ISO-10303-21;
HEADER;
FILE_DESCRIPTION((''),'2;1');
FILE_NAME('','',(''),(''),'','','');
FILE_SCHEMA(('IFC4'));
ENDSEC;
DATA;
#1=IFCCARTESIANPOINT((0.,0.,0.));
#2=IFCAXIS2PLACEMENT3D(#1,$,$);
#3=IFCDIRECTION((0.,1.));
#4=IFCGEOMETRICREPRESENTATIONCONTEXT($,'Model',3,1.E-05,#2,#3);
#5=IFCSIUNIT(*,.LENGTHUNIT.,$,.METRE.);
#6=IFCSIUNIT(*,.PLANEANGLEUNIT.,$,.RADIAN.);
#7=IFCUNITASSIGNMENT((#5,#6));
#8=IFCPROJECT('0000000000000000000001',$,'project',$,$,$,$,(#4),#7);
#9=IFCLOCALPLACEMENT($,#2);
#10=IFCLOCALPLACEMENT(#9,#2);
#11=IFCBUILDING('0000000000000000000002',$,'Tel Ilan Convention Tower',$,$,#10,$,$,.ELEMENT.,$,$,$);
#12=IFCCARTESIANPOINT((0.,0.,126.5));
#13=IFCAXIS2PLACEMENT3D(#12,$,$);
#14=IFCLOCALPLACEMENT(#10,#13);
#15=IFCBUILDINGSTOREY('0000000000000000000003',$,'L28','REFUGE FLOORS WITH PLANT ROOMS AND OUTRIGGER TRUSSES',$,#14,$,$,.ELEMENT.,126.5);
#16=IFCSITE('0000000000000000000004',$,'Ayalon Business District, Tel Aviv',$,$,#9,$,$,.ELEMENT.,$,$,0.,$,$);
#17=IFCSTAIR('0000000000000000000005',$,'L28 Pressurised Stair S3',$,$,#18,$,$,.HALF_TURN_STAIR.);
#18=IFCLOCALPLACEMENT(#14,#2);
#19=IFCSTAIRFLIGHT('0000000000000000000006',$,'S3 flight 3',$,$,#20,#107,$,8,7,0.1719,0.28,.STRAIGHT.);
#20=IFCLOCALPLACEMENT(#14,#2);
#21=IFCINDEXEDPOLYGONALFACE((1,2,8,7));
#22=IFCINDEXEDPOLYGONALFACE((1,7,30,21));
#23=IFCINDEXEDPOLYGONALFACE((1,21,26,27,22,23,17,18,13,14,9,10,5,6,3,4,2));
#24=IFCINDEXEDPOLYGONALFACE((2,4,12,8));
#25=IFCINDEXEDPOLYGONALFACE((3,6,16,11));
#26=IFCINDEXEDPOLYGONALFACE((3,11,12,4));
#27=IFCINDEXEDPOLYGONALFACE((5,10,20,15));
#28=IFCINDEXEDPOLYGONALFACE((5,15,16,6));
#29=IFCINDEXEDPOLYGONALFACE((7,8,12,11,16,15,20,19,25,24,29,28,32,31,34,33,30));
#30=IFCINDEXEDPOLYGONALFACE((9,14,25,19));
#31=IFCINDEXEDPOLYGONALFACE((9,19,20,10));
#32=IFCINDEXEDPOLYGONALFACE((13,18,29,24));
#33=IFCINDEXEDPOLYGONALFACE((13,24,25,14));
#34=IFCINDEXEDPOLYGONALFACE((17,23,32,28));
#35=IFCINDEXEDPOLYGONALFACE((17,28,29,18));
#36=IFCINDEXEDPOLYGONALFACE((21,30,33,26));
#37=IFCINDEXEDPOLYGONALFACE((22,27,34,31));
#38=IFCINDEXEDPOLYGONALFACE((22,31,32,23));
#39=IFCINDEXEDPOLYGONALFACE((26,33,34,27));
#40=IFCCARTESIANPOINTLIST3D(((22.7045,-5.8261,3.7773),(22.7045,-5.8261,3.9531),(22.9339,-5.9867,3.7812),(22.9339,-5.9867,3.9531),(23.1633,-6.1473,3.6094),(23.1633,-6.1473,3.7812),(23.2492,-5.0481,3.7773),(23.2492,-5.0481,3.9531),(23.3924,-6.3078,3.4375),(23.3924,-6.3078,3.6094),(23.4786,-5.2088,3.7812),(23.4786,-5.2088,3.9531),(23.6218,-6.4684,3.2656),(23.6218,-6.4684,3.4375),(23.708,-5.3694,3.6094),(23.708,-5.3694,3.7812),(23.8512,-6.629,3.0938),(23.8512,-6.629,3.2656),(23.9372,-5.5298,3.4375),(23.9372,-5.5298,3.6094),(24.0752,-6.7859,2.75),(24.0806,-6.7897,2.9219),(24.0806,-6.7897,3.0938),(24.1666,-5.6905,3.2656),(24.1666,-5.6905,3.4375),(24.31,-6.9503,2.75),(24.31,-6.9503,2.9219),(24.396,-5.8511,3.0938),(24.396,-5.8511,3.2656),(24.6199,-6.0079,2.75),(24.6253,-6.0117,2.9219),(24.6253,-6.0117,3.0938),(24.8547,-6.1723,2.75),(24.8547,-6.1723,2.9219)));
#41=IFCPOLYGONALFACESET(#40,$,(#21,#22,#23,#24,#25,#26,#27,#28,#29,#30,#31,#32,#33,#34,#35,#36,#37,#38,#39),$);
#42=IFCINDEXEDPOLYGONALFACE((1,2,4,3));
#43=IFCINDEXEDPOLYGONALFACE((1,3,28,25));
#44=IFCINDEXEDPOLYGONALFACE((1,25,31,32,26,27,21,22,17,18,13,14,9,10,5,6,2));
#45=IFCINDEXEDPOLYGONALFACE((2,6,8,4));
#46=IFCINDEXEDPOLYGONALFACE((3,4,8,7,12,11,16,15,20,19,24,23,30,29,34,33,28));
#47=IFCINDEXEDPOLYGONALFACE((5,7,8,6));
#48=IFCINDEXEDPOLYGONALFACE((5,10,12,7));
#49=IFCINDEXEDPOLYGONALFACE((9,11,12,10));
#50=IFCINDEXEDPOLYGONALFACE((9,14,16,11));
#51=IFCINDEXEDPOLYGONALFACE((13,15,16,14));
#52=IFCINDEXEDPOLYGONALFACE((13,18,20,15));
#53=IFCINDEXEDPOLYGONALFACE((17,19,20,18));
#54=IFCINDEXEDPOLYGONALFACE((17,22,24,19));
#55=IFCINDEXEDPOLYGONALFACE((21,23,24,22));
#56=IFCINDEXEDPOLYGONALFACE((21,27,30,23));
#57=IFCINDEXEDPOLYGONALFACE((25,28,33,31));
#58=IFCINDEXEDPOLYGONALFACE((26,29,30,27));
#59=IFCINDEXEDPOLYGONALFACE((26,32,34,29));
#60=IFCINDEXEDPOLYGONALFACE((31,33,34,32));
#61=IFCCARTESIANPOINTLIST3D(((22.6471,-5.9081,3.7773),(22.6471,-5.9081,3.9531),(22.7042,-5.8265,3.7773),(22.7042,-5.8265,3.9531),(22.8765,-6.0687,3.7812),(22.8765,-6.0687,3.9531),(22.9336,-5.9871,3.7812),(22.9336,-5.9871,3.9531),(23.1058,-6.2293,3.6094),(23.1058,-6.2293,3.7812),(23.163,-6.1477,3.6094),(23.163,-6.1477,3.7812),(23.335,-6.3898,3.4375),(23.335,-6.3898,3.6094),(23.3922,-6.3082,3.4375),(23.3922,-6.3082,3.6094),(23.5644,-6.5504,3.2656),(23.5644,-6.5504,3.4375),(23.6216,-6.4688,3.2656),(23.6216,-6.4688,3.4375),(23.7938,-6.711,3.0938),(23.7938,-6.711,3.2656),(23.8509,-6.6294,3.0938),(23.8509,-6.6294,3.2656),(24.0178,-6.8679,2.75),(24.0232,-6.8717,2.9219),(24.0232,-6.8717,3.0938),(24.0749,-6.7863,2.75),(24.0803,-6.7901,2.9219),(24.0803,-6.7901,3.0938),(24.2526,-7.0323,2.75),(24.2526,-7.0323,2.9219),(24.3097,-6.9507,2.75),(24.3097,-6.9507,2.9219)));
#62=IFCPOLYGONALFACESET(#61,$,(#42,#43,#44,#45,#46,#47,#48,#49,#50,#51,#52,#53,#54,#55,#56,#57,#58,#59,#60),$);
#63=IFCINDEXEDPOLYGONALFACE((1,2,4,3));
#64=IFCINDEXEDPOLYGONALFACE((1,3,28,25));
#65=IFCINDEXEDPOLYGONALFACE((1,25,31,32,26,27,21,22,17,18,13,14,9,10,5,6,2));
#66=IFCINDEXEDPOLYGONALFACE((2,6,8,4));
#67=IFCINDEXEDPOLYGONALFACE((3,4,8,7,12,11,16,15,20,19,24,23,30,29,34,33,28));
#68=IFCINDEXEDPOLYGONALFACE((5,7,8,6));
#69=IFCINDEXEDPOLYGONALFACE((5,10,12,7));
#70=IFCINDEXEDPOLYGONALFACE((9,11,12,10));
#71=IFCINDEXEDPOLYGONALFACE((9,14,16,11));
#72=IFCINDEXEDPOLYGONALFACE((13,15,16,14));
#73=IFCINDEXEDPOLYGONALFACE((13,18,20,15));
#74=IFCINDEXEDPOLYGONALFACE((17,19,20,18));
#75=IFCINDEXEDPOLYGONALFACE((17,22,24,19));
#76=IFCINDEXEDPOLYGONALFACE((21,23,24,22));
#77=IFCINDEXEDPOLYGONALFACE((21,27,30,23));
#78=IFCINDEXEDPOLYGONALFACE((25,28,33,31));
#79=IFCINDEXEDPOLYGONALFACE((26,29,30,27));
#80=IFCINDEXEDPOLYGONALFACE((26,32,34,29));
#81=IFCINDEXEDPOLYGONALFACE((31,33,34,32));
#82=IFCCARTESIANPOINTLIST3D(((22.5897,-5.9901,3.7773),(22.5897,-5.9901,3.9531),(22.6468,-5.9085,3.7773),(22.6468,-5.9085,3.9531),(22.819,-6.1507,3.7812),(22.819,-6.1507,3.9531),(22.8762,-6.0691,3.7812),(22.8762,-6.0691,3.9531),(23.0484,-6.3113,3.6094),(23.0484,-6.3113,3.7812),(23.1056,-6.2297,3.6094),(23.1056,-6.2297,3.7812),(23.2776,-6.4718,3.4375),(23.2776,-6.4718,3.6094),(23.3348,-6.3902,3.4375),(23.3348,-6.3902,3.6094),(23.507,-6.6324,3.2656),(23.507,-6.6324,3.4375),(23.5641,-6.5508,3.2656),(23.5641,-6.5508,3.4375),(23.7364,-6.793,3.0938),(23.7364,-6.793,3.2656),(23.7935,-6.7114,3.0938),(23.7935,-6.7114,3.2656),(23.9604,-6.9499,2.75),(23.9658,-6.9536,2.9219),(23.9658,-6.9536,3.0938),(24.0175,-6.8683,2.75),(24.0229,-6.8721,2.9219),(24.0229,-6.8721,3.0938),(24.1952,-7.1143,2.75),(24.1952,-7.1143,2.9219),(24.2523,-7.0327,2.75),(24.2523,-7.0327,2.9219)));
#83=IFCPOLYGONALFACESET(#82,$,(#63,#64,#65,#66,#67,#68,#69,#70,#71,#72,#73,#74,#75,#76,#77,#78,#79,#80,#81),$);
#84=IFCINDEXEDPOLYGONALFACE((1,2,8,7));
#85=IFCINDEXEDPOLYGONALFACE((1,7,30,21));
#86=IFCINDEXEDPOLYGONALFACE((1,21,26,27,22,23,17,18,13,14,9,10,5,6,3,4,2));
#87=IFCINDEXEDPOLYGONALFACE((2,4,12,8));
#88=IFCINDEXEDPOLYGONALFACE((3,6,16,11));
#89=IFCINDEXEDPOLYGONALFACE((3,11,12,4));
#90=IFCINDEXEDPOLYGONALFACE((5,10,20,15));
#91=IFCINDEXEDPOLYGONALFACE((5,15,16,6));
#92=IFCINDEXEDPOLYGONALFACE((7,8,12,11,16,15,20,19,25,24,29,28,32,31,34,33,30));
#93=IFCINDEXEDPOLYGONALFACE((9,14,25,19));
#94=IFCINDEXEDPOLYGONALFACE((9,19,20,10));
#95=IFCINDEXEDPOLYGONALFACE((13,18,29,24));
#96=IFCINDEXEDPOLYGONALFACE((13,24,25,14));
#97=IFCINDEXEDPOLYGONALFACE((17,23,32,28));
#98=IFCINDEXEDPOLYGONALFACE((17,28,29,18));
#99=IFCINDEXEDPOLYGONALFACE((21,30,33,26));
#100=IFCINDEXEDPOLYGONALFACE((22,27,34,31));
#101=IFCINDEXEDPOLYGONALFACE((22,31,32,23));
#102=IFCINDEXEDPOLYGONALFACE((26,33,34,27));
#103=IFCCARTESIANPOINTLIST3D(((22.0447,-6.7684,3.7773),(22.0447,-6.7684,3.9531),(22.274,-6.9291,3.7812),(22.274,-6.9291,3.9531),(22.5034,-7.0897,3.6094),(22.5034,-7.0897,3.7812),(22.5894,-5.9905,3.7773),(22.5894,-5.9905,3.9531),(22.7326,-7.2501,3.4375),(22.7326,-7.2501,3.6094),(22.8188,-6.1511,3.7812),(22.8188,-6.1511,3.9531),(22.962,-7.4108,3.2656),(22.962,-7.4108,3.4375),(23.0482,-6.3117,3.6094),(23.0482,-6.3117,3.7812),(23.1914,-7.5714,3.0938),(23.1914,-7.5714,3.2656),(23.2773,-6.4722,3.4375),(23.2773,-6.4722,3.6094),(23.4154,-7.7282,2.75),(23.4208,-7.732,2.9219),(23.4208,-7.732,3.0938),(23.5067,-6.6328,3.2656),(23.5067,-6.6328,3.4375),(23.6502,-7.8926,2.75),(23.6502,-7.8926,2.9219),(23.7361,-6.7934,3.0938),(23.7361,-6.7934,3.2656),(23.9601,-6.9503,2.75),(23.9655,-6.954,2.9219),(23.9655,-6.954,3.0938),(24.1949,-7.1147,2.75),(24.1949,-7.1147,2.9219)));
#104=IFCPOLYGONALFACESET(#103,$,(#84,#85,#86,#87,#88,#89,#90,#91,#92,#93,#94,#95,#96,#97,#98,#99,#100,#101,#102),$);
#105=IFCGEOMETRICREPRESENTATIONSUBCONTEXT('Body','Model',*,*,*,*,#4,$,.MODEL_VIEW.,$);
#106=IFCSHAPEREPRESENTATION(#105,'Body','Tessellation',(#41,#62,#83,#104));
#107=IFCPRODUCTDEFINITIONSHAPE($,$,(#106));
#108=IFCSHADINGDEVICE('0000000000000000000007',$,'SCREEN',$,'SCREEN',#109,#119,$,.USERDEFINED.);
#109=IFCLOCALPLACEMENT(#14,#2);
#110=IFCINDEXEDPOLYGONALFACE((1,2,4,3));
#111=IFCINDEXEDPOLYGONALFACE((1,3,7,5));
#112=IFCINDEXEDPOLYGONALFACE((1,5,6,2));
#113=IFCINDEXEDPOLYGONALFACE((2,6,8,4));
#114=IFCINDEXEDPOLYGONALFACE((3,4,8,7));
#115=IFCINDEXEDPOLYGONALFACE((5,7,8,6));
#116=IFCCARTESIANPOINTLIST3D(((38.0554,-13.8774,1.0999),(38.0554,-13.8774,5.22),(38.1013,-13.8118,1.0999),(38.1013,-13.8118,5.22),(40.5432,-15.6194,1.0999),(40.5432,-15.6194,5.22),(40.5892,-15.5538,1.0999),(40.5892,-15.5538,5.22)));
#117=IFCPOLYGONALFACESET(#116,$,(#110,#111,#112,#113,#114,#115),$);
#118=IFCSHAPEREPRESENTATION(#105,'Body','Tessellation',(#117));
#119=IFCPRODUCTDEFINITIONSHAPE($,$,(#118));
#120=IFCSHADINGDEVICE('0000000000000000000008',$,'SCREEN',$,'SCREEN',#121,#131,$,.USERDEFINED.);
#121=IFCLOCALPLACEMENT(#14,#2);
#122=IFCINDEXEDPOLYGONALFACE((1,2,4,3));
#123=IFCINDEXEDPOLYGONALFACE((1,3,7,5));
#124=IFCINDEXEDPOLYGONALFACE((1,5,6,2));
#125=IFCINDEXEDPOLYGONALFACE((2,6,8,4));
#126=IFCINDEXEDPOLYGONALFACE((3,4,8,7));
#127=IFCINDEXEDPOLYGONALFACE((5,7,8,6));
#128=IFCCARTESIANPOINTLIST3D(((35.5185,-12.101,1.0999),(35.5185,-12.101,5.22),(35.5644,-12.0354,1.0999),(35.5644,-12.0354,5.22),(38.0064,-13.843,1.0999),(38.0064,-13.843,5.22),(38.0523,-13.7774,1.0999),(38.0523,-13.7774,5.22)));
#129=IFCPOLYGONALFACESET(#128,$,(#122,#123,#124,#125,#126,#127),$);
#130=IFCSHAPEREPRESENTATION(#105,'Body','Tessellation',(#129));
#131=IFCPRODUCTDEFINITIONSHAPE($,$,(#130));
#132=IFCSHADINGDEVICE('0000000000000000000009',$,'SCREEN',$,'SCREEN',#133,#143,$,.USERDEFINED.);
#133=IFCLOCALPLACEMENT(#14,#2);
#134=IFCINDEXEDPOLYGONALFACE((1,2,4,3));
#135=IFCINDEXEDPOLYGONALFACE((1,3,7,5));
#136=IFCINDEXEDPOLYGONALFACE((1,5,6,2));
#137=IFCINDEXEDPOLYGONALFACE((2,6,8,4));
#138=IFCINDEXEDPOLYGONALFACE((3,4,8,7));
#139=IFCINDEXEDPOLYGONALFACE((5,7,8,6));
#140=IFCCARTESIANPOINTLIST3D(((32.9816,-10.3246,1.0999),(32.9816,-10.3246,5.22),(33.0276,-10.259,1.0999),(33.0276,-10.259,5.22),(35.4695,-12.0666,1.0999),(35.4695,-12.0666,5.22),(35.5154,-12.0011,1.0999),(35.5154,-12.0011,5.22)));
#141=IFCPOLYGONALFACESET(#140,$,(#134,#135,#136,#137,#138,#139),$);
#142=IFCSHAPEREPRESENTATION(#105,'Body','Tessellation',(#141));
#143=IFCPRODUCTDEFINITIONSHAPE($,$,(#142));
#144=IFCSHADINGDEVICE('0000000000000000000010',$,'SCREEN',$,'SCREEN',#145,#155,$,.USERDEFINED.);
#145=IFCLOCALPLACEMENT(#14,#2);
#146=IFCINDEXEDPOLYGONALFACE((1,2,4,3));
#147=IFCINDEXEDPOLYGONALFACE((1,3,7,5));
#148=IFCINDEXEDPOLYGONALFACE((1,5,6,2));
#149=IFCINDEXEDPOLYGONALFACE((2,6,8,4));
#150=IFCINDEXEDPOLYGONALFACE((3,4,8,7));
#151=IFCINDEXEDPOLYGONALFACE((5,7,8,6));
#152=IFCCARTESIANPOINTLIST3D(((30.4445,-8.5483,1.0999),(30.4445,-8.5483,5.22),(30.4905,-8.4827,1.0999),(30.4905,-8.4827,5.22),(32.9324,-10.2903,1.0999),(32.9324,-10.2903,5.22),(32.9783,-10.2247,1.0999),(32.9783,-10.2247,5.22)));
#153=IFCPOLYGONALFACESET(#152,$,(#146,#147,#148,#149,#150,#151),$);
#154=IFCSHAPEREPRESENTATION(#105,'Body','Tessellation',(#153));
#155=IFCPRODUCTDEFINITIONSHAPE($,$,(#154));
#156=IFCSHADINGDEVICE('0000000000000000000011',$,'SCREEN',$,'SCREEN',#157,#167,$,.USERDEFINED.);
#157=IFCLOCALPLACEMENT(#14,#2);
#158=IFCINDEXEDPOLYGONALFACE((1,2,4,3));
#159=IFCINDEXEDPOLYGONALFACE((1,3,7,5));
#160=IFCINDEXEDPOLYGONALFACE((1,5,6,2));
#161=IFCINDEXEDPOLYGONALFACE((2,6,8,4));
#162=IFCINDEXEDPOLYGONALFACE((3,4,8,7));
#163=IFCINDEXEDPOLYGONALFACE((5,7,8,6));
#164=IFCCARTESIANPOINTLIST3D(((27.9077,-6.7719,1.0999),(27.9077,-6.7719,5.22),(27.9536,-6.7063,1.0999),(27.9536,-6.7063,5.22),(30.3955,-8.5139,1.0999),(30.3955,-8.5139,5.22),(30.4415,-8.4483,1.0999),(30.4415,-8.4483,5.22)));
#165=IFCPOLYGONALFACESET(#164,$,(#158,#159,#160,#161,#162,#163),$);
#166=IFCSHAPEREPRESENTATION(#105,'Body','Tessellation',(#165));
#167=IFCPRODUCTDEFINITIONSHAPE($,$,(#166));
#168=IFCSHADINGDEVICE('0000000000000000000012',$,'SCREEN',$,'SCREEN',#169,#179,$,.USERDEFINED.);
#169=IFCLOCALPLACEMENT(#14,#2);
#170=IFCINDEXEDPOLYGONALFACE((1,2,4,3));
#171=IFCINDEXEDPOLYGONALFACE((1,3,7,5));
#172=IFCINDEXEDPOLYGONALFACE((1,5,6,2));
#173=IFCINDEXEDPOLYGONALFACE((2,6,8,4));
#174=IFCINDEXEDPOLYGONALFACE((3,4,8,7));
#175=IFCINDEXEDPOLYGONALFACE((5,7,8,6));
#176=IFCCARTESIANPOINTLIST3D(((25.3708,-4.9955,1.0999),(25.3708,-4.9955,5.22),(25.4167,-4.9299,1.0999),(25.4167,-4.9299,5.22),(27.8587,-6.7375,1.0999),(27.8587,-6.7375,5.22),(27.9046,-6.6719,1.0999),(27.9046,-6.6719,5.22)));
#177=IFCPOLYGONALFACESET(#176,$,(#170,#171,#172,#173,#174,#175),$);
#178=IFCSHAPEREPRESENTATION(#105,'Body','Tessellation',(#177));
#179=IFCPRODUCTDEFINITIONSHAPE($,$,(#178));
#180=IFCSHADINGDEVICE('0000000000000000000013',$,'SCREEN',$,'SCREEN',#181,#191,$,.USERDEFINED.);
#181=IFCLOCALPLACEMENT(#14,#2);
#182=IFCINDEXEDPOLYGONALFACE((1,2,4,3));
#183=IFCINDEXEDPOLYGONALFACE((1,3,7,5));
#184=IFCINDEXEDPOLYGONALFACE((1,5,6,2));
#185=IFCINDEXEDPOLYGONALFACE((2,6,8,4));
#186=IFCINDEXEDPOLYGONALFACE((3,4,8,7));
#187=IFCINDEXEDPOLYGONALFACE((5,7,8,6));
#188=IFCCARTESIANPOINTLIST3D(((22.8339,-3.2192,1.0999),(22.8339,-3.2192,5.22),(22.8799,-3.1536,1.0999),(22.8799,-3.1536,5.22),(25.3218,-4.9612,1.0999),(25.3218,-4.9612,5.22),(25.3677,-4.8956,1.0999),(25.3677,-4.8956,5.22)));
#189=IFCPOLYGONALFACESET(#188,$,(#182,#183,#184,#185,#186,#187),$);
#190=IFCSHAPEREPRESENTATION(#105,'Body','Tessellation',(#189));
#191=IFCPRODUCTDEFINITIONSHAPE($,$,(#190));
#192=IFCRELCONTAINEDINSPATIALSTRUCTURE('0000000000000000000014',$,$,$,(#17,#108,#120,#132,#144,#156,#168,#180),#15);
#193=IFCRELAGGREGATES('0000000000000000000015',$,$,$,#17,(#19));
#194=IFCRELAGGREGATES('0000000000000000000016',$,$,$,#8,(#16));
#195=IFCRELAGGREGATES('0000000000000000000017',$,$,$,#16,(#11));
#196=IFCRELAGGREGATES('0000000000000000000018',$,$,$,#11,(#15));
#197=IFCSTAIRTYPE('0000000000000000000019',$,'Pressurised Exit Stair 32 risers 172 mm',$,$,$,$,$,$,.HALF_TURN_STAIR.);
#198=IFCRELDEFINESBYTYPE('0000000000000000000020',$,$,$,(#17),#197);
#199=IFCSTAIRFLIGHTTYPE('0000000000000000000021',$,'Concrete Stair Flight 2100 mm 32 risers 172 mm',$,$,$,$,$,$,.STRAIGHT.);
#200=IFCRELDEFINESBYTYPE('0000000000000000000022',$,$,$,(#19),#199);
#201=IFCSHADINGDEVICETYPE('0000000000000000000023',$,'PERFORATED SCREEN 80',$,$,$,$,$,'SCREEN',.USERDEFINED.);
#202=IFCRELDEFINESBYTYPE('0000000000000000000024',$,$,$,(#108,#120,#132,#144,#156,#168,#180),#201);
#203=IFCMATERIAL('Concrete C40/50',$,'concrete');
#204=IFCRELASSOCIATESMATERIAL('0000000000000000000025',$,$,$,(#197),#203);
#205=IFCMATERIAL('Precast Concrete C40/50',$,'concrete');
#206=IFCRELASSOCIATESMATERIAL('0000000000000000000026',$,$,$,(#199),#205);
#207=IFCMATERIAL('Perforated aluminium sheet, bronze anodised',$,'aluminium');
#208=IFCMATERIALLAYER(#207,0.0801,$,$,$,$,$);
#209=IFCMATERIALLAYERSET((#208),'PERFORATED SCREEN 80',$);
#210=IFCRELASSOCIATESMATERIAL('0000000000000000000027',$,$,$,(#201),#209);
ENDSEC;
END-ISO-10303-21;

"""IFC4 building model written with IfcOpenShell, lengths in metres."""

from ifc_helpers import new_model, si_unit, direction, frame, origin, origin_2d, place, context, subcontext, project, spatial, polyline, rectangle, outline, extrude, material, layer, layer_set, type_object, element, aggregate, save


model = new_model("IFC4")

# Units and contexts
model_context = context("Model", 3, precision=1e-05, world=origin(), true_north=direction((0.0, 1.0)))
body_context = subcontext(model_context, "Body", "Model", "MODEL_VIEW")
ifc_project = project(units=[si_unit("LENGTHUNIT", "METRE"), si_unit("PLANEANGLEUNIT", "RADIAN")], contexts=[model_context])

# Site, building, storey
site_placement = place(None, origin())
site = spatial("IfcSite", under=ifc_project, at=site_placement, Name="Ayalon Business District, Tel Aviv", CompositionType="ELEMENT", RefElevation=0.0)
building_placement = place(site_placement, origin())
building = spatial("IfcBuilding", under=site, at=building_placement, Name="Tel Ilan Convention Tower", CompositionType="ELEMENT")
storey_placement = place(building_placement, frame((0.0, 0.0, 126.5)))
storey = spatial("IfcBuildingStorey", under=building, at=storey_placement, Name="L28", Description="REFUGE FLOORS WITH PLANT ROOMS AND OUTRIGGER TRUSSES", CompositionType="ELEMENT", Elevation=126.5)

# Stair, stair flight
ifc_material_1 = material(Name="Concrete C40/50", Category="concrete")
stair_type = type_object("IfcStairType", Name="Pressurised Exit Stair 32 risers 172 mm", PredefinedType="HALF_TURN_STAIR", material=ifc_material_1)
stair_placement = place(storey_placement, origin())
stair = element("IfcStair", 1, at=stair_placement, inside=storey, type_object=stair_type, Name="L28 Pressurised Stair S3", PredefinedType="HALF_TURN_STAIR")
ifc_material_2 = material(Name="Precast Concrete C40/50", Category="concrete")
stair_flight_type = type_object("IfcStairFlightType", Name="Concrete Stair Flight 2100 mm 32 risers 172 mm", PredefinedType="STRAIGHT", material=ifc_material_2)
stair_flight_1_placement = place(storey_placement, frame((24.2524, -7.0325, 2.75), z_axis=(0.0, 0.0, 1.0), x_axis=(-0.819152, 0.573576, 0.0)))
stair_flight_1 = element("IfcStairFlight", 2, at=stair_flight_1_placement, type_object=stair_flight_type, Name="S3 flight 3", NumberOfRisers=8, NumberOfTreads=7, PredefinedType="STRAIGHT", RiserHeight=0.1719, TreadLength=0.28, context=body_context, shape_type="SweptSolid", body=[
    extrude(outline(polyline([(0.0, 0.0), (0.0, 0.1719), (0.28, 0.1719), (0.28, 0.3438), (0.5601, 0.3438), (0.5601, 0.5156), (0.8401, 0.5156), (0.8401, 0.6875), (1.1201, 0.6875), (1.1201, 0.8594), (1.3999, 0.8594), (1.3999, 1.0312), (1.6799, 1.0312), (1.6799, 1.2031), (1.96, 1.2031), (1.96, 1.375), (1.96, 1.0273), (0.2866, 0.0), (0.0, 0.0)])), frame((0.0, -0.1003, 0.0), z_axis=(0.0, -1.0, 0.0), x_axis=(1.0, 0.0, 0.0)), (0.0, 0.0, 1.0), 0.9497),
    extrude(outline(polyline([(0.0, 0.0), (0.0, 0.1719), (0.28, 0.1719), (0.28, 0.3438), (0.5601, 0.3438), (0.5601, 0.5156), (0.8401, 0.5156), (0.8401, 0.6875), (1.1201, 0.6875), (1.1201, 0.8594), (1.3999, 0.8594), (1.3999, 1.0312), (1.6799, 1.0312), (1.6799, 1.2031), (1.96, 1.2031), (1.96, 1.375), (1.96, 1.0273), (0.2866, 0.0), (0.0, 0.0)])), frame((0.0, -0.0002, 0.0), z_axis=(0.0, -1.0, 0.0), x_axis=(1.0, 0.0, 0.0)), (0.0, 0.0, 1.0), 0.0996),
    extrude(outline(polyline([(0.0, 0.0), (0.0, 0.1719), (0.28, 0.1719), (0.28, 0.3438), (0.5601, 0.3438), (0.5601, 0.5156), (0.8401, 0.5156), (0.8401, 0.6875), (1.1201, 0.6875), (1.1201, 0.8594), (1.3999, 0.8594), (1.3999, 1.0312), (1.6799, 1.0312), (1.6799, 1.2031), (1.96, 1.2031), (1.96, 1.375), (1.96, 1.0273), (0.2866, 0.0), (0.0, 0.0)])), frame((0.0, 0.0999, 0.0), z_axis=(0.0, -1.0, 0.0), x_axis=(1.0, 0.0, 0.0)), (0.0, 0.0, 1.0), 0.0996),
    extrude(outline(polyline([(0.0, 0.0), (0.0, 0.1719), (0.28, 0.1719), (0.28, 0.3438), (0.5601, 0.3438), (0.5601, 0.5156), (0.8401, 0.5156), (0.8401, 0.6875), (1.1201, 0.6875), (1.1201, 0.8594), (1.3999, 0.8594), (1.3999, 1.0312), (1.6799, 1.0312), (1.6799, 1.2031), (1.96, 1.2031), (1.96, 1.375), (1.96, 1.0273), (0.2866, 0.0), (0.0, 0.0)])), frame((0.0, 1.05, 0.0), z_axis=(0.0, -1.0, 0.0), x_axis=(1.0, 0.0, 0.0)), (0.0, 0.0, 1.0), 0.9497),
])
aggregate(stair, [stair_flight_1])

# Shading devices
ifc_material_3 = material(Name="Perforated aluminium sheet, bronze anodised", Category="aluminium")
ifc_layer_1 = layer(ifc_material_3, 0.0801)
ifc_layer_set_1 = layer_set([ifc_layer_1], Name="PERFORATED SCREEN 80")
shading_device_type_1 = type_object("IfcShadingDeviceType", Name="PERFORATED SCREEN 80", ElementType="SCREEN", PredefinedType="USERDEFINED", material=ifc_layer_set_1)
for number, where, z_axis, x_axis, name in (
    (3, (39.3223, -14.7156, 1.0999), (0.0, 0.0, 1.0), (-0.819152, 0.573576, 0.0), "SCREEN"),
    (4, (36.7854, -12.9392, 1.0999), (0.0, 0.0, 1.0), (-0.819152, 0.573576, 0.0), "SCREEN"),
    (5, (34.2485, -11.1628, 1.0999), (0.0, 0.0, 1.0), (-0.819152, 0.573576, 0.0), "SCREEN"),
    (6, (31.7114, -9.3865, 1.0999), (0.0, 0.0, 1.0), (-0.819152, 0.573576, 0.0), "SCREEN"),
    (7, (29.1746, -7.6101, 1.0999), (0.0, 0.0, 1.0), (-0.819152, 0.573576, 0.0), "SCREEN"),
    (8, (26.6377, -5.8337, 1.0999), (0.0, 0.0, 1.0), (-0.819152, 0.573576, 0.0), "SCREEN"),
    (9, (24.1008, -4.0574, 1.0999), (0.0, 0.0, 1.0), (-0.819152, 0.573576, 0.0), "SCREEN"),
):
    element("IfcShadingDevice", number, at=place(storey_placement, frame(where, z_axis=z_axis, x_axis=x_axis)), inside=storey, type_object=shading_device_type_1, Name=name, ObjectType="SCREEN", PredefinedType="USERDEFINED", context=body_context, shape_type="SweptSolid", body=[
        extrude(rectangle(XDim=3.0371, YDim=0.0801, at=origin_2d()), origin(), (0.0, 0.0, 1.0), 4.1201),
    ])

save(model, "model.ifc")
